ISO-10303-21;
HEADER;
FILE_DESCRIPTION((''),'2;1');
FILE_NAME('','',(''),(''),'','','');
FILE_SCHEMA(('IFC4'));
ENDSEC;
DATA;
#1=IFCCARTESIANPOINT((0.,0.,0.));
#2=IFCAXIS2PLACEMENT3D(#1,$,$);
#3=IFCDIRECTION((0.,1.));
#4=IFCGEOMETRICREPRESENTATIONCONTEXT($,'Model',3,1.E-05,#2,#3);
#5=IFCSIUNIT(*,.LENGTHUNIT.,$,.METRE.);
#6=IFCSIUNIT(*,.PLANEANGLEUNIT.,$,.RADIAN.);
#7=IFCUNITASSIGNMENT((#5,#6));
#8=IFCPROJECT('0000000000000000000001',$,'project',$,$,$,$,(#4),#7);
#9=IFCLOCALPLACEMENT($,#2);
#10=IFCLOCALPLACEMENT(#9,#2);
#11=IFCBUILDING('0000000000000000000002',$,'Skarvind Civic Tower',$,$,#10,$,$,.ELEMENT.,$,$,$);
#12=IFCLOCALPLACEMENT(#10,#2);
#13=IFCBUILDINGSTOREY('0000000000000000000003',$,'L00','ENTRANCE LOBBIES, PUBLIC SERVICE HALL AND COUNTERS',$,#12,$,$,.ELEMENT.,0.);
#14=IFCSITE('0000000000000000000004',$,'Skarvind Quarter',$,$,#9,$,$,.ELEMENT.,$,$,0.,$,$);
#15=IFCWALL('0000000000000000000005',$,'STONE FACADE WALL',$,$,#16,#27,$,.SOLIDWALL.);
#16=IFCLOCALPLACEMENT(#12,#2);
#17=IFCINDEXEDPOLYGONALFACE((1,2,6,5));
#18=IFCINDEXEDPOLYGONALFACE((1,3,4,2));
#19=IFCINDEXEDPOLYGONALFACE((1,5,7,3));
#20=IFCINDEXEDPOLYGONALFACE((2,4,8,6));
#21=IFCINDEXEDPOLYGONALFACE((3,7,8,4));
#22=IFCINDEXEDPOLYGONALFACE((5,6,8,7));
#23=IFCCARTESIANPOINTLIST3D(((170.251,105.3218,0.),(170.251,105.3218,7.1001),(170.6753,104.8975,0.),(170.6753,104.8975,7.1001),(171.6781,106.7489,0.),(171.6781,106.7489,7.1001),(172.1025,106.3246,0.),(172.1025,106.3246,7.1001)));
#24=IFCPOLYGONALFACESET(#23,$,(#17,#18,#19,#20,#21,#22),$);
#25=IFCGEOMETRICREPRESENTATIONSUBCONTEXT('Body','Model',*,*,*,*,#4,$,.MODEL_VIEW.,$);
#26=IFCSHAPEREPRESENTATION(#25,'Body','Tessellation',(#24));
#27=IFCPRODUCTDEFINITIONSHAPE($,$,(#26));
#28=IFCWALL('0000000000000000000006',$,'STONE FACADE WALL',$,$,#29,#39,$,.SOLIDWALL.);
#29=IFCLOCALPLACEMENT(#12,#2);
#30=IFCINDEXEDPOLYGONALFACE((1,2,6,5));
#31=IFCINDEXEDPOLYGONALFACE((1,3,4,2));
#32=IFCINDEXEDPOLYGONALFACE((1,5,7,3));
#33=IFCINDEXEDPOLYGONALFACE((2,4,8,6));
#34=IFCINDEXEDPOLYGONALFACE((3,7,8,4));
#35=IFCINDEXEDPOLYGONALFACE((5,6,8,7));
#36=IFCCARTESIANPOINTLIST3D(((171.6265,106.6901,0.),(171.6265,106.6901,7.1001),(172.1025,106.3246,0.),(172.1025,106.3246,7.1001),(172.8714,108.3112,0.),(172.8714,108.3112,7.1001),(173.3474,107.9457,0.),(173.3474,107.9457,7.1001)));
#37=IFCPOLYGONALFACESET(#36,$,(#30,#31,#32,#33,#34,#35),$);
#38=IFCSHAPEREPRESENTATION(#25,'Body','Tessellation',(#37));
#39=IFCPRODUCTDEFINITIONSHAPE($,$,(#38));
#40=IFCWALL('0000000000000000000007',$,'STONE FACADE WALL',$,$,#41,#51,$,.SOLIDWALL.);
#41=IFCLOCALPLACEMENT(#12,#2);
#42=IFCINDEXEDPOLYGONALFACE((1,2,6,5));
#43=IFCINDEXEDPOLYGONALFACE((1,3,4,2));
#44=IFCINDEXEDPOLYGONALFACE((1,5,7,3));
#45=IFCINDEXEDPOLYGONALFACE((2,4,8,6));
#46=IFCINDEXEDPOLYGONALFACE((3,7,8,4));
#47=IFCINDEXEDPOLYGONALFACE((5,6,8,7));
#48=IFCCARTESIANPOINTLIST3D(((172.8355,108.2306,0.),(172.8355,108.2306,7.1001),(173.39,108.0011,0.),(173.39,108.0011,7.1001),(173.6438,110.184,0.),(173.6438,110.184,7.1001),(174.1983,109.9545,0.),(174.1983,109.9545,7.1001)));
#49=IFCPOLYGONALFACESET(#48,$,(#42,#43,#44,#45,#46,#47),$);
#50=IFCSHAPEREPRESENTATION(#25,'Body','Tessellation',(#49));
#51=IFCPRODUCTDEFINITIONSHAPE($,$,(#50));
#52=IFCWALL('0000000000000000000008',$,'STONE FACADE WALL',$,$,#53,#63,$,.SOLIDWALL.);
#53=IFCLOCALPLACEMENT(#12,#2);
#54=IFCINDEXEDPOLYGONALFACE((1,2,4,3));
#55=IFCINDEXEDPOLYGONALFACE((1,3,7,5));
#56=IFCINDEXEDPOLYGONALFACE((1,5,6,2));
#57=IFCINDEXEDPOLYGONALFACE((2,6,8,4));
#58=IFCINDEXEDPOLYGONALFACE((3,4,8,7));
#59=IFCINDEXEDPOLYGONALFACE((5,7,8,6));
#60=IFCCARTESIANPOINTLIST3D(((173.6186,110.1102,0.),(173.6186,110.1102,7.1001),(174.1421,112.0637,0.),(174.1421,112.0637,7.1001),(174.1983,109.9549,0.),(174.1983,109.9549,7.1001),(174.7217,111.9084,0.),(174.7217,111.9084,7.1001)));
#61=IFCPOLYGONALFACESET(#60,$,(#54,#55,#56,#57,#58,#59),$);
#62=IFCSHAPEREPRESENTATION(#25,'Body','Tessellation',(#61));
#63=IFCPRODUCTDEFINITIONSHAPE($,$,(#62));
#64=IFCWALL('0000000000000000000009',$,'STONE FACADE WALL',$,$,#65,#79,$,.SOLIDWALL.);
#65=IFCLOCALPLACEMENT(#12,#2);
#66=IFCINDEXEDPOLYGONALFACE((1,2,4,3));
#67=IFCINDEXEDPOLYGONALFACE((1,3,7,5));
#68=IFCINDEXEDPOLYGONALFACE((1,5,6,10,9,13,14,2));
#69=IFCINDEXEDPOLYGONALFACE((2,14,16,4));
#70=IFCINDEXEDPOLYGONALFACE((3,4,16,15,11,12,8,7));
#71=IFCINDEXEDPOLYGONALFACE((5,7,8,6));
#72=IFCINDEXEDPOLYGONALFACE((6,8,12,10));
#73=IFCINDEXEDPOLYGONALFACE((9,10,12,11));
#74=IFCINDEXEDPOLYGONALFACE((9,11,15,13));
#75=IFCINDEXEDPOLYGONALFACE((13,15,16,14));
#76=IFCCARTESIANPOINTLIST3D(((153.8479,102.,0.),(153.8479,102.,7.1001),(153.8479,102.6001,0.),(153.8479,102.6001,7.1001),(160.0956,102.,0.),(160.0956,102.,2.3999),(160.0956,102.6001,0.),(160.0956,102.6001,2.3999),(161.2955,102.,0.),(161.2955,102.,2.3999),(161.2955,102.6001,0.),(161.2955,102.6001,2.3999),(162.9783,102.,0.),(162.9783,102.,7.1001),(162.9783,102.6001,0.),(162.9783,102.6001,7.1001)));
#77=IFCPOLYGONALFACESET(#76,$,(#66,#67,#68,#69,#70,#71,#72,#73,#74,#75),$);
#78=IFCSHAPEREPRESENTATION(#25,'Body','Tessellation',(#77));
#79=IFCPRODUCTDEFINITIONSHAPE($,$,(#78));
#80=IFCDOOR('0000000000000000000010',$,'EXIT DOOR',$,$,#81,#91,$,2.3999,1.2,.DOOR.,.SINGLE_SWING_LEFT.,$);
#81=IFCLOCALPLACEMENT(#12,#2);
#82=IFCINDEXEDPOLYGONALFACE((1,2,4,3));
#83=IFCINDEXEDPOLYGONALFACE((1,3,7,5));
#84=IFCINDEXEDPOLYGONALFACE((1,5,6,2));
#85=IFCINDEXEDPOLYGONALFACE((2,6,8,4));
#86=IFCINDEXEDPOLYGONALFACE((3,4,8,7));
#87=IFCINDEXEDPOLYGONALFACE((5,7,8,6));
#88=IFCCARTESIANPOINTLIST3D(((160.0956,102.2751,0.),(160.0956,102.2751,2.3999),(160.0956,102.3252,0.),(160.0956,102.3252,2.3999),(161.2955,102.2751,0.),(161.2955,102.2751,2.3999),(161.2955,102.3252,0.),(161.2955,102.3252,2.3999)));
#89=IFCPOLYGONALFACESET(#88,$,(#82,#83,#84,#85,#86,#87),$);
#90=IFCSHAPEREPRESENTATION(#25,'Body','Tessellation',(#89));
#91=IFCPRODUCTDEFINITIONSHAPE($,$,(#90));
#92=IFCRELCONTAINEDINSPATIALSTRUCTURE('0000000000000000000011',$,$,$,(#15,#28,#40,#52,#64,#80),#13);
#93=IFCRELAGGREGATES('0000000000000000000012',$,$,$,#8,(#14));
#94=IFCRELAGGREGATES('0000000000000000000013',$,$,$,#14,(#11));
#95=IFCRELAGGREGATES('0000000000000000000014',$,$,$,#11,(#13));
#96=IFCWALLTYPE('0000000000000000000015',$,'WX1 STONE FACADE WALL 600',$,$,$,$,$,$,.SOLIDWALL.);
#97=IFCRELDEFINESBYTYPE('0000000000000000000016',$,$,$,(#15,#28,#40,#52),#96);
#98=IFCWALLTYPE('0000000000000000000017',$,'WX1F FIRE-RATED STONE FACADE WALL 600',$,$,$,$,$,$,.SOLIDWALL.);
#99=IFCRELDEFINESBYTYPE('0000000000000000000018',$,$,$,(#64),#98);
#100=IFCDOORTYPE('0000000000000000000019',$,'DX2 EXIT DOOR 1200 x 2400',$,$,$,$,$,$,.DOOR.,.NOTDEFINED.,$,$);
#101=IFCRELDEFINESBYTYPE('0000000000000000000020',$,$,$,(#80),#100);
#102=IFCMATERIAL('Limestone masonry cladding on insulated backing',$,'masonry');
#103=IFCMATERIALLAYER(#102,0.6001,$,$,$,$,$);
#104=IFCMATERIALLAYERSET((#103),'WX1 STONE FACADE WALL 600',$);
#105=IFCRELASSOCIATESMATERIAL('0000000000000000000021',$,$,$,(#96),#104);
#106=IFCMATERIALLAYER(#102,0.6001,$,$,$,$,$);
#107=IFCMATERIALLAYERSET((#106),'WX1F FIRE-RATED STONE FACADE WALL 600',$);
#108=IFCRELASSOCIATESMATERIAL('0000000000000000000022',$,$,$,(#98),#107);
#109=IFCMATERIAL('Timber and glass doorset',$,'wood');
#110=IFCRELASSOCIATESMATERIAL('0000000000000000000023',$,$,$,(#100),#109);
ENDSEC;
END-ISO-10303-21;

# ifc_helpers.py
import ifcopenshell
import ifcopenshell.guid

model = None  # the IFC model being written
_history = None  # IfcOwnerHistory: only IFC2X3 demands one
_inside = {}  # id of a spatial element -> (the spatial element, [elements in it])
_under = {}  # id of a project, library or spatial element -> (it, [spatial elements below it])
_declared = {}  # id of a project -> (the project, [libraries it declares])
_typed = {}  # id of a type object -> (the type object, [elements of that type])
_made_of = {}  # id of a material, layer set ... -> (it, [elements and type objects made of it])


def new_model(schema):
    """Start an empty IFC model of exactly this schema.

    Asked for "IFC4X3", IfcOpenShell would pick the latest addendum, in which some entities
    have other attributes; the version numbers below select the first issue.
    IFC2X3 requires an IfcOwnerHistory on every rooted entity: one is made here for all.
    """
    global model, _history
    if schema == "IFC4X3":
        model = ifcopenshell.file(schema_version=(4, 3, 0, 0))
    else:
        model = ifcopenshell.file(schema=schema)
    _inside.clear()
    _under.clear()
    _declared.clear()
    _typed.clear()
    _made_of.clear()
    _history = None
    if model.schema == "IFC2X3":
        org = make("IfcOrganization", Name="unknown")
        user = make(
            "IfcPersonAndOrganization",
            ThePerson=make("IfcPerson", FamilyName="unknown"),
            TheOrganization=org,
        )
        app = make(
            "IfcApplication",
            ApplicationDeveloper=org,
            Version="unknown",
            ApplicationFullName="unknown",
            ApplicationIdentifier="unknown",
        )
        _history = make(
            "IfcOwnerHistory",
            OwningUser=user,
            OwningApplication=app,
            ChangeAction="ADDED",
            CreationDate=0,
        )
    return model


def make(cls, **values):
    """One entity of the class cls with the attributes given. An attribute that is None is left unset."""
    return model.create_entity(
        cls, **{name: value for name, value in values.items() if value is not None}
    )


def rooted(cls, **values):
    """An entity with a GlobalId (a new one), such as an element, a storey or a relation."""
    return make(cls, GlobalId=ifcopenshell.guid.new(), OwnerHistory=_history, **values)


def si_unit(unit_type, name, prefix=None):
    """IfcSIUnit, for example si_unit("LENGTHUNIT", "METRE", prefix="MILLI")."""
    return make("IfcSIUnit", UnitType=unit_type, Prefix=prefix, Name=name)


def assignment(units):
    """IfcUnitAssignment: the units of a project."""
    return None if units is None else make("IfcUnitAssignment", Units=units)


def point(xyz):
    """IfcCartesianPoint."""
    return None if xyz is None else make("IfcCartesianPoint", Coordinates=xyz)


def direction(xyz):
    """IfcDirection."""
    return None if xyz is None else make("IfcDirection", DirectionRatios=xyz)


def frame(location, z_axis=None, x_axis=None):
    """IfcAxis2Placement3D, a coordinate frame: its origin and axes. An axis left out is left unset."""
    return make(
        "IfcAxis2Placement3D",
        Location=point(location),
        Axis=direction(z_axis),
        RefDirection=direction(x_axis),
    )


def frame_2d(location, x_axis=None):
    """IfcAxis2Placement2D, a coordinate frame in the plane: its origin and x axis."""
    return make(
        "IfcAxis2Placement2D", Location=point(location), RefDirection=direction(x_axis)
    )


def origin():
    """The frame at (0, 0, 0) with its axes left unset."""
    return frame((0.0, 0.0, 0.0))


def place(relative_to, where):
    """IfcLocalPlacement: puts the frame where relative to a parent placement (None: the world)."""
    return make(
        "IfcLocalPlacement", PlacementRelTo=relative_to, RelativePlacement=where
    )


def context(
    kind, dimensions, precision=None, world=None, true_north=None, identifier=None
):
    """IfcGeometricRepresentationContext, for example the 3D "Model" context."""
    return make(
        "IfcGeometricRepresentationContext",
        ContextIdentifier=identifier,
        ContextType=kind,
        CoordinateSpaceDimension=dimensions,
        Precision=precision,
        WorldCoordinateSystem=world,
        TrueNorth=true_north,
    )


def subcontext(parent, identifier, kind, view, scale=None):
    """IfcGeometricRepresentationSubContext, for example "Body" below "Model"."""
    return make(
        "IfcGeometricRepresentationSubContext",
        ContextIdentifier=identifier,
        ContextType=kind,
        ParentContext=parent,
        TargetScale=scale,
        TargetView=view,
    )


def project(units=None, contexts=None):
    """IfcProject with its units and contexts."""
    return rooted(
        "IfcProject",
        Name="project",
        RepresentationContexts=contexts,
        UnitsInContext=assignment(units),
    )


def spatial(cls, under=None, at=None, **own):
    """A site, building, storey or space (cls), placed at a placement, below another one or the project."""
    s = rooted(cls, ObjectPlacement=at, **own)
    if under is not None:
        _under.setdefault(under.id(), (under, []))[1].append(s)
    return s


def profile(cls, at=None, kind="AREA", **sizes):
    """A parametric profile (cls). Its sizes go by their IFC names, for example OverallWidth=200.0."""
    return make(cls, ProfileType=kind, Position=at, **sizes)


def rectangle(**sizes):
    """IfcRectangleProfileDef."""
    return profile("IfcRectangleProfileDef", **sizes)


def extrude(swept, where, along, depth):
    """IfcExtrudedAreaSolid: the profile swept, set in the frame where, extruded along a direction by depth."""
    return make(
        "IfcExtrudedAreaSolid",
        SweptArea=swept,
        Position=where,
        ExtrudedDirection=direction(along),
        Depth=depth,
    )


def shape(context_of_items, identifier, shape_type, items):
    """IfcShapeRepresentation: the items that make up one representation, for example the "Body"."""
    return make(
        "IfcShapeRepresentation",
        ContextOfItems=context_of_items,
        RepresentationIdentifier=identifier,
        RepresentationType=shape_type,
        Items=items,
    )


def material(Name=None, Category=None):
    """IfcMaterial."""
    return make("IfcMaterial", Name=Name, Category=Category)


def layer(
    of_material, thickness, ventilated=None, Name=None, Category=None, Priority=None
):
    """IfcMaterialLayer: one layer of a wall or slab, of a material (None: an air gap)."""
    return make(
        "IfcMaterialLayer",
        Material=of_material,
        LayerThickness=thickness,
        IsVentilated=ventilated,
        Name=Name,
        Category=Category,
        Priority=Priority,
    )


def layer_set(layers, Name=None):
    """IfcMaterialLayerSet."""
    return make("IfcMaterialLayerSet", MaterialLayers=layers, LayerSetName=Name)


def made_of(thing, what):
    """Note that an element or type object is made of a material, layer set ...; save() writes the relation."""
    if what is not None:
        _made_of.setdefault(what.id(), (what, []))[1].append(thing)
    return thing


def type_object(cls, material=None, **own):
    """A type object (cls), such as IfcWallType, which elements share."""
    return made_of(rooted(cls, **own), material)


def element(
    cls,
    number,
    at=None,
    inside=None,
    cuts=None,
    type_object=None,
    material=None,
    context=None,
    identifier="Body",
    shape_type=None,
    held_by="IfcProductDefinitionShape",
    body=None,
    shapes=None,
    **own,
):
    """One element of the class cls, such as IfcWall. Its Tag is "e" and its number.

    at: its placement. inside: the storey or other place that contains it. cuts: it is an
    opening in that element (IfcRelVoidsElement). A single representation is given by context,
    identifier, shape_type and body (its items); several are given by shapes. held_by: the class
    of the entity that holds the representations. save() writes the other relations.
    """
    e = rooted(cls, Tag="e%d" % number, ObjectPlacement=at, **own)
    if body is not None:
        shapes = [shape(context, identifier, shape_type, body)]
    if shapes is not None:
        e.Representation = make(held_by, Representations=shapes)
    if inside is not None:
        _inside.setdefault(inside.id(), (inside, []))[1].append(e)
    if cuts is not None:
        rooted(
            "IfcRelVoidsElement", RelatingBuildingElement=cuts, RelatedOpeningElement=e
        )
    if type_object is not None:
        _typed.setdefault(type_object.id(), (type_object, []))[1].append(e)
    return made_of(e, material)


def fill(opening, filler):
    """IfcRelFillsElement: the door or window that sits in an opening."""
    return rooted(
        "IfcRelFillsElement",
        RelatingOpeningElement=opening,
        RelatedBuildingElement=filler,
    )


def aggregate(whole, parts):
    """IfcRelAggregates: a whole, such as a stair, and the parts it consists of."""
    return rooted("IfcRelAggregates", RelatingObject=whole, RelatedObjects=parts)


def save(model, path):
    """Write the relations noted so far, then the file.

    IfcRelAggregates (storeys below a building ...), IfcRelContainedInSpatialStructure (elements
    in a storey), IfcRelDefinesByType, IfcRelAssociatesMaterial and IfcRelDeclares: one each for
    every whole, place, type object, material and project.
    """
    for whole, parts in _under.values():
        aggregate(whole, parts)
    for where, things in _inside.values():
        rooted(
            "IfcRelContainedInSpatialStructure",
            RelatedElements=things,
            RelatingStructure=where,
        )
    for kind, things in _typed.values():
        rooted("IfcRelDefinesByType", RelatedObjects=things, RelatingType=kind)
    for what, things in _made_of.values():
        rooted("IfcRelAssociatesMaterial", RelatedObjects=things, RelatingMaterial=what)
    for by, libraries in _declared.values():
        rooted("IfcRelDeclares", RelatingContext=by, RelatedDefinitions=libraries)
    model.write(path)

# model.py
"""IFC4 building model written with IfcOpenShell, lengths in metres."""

from ifc_helpers import new_model, si_unit, direction, frame, frame_2d, origin, place, context, subcontext, project, spatial, rectangle, extrude, material, layer, layer_set, type_object, element, fill, save


model = new_model("IFC4")

# Units and contexts
model_context = context("Model", 3, precision=1e-05, world=origin(), true_north=direction((0.0, 1.0)))
body_context = subcontext(model_context, "Body", "Model", "MODEL_VIEW")
ifc_project = project(units=[si_unit("LENGTHUNIT", "METRE"), si_unit("PLANEANGLEUNIT", "RADIAN")], contexts=[model_context])

# Site, building, storey
site_placement = place(None, origin())
site = spatial("IfcSite", under=ifc_project, at=site_placement, Name="Skarvind Quarter", CompositionType="ELEMENT", RefElevation=0.0)
building_placement = place(site_placement, origin())
building = spatial("IfcBuilding", under=site, at=building_placement, Name="Skarvind Civic Tower", CompositionType="ELEMENT")
storey_placement = place(building_placement, origin())
storey = spatial("IfcBuildingStorey", under=building, at=storey_placement, Name="L00", Description="ENTRANCE LOBBIES, PUBLIC SERVICE HALL AND COUNTERS", CompositionType="ELEMENT", Elevation=0.0)

# Walls
ifc_material_1 = material(Name="Limestone masonry cladding on insulated backing", Category="masonry")
ifc_layer_1 = layer(ifc_material_1, 0.6001)
ifc_layer_set_1 = layer_set([ifc_layer_1], Name="WX1 STONE FACADE WALL 600")
wall_type_1 = type_object("IfcWallType", Name="WX1 STONE FACADE WALL 600", PredefinedType="SOLIDWALL", material=ifc_layer_set_1)
wall_1_placement = place(storey_placement, frame((171.8904, 106.5369, 0.0), z_axis=(0.0, 0.0, 1.0), x_axis=(-0.707107, -0.707107, 0.0)))
element("IfcWall", 1, at=wall_1_placement, inside=storey, type_object=wall_type_1, Name="STONE FACADE WALL", PredefinedType="SOLIDWALL", context=body_context, shape_type="SweptSolid", body=[
    extrude(rectangle(XDim=2.0183, YDim=0.6001, at=frame_2d((1.0093, 0.0))), origin(), (0.0, 0.0, 1.0), 7.1001),
])
wall_2_placement = place(storey_placement, frame((173.1094, 108.1284, 0.0), z_axis=(0.0, 0.0, 1.0), x_axis=(-0.609058, -0.793125, 0.0)))
element("IfcWall", 2, at=wall_2_placement, inside=storey, type_object=wall_type_1, Name="STONE FACADE WALL", PredefinedType="SOLIDWALL", context=body_context, shape_type="SweptSolid", body=[
    extrude(rectangle(XDim=2.0439, YDim=0.6001, at=frame_2d((1.022, 0.0))), origin(), (0.0, 0.0, 1.0), 7.1001),
])
wall_3_placement = place(storey_placement, frame((173.9211, 110.0693, 0.0), z_axis=(0.0, 0.0, 1.0), x_axis=(-0.382376, -0.924007, 0.0)))
element("IfcWall", 3, at=wall_3_placement, inside=storey, type_object=wall_type_1, Name="STONE FACADE WALL", PredefinedType="SOLIDWALL", context=body_context, shape_type="SweptSolid", body=[
    extrude(rectangle(XDim=2.114, YDim=0.6001, at=frame_2d((1.0571, 0.0))), origin(), (0.0, 0.0, 1.0), 7.1001),
])
wall_4_placement = place(storey_placement, frame((174.4319, 111.9861, 0.0), z_axis=(0.0, 0.0, 1.0), x_axis=(-0.258804, -0.96593, 0.0)))
element("IfcWall", 4, at=wall_4_placement, inside=storey, type_object=wall_type_1, Name="STONE FACADE WALL", PredefinedType="SOLIDWALL", context=body_context, shape_type="SweptSolid", body=[
    extrude(rectangle(XDim=2.0225, YDim=0.6001, at=frame_2d((1.0112, 0.0))), origin(), (0.0, 0.0, 1.0), 7.1001),
])

# Wall, opening, door
ifc_layer_2 = layer(ifc_material_1, 0.6001)
ifc_layer_set_2 = layer_set([ifc_layer_2], Name="WX1F FIRE-RATED STONE FACADE WALL 600")
wall_type_2 = type_object("IfcWallType", Name="WX1F FIRE-RATED STONE FACADE WALL 600", PredefinedType="SOLIDWALL", material=ifc_layer_set_2)
wall_5_placement = place(storey_placement, frame((162.9783, 102.3, 0.0), z_axis=(0.0, 0.0, 1.0), x_axis=(-1.0, 0.0, 0.0)))
wall_5 = element("IfcWall", 5, at=wall_5_placement, inside=storey, type_object=wall_type_2, Name="STONE FACADE WALL", PredefinedType="SOLIDWALL", context=body_context, shape_type="SweptSolid", body=[
    extrude(rectangle(XDim=9.1304, YDim=0.6001, at=frame_2d((4.5652, 0.0))), origin(), (0.0, 0.0, 1.0), 7.1001),
])
opening_placement = place(wall_5_placement, frame((1.6826, 0.0, 0.0)))
opening = element("IfcOpeningElement", 6, at=opening_placement, cuts=wall_5, PredefinedType="OPENING", context=body_context, shape_type="SweptSolid", body=[
    extrude(rectangle(XDim=1.2, YDim=2.3999, at=frame_2d((0.6001, 1.2))), frame((0.0, 0.3101, 0.0), z_axis=(0.0, -1.0, 0.0), x_axis=(1.0, 0.0, 0.0)), (0.0, 0.0, 1.0), 0.6201),
])
ifc_material_2 = material(Name="Timber and glass doorset", Category="wood")
door_type = type_object("IfcDoorType", Name="DX2 EXIT DOOR 1200 x 2400", OperationType="NOTDEFINED", PredefinedType="DOOR", material=ifc_material_2)
door_placement = place(opening_placement, origin())
door = element("IfcDoor", 7, at=door_placement, inside=storey, type_object=door_type, Name="EXIT DOOR", OperationType="SINGLE_SWING_LEFT", OverallHeight=2.3999, OverallWidth=1.2, PredefinedType="DOOR", context=body_context, shape_type="SweptSolid", body=[
    extrude(rectangle(XDim=1.2, YDim=2.3999, at=frame_2d((0.6001, 1.2))), frame((0.0, 0.0249, 0.0), z_axis=(0.0, -1.0, 0.0), x_axis=(1.0, 0.0, 0.0)), (0.0, 0.0, 1.0), 0.05),
])
fill(opening, door)

save(model, "model.ifc")
